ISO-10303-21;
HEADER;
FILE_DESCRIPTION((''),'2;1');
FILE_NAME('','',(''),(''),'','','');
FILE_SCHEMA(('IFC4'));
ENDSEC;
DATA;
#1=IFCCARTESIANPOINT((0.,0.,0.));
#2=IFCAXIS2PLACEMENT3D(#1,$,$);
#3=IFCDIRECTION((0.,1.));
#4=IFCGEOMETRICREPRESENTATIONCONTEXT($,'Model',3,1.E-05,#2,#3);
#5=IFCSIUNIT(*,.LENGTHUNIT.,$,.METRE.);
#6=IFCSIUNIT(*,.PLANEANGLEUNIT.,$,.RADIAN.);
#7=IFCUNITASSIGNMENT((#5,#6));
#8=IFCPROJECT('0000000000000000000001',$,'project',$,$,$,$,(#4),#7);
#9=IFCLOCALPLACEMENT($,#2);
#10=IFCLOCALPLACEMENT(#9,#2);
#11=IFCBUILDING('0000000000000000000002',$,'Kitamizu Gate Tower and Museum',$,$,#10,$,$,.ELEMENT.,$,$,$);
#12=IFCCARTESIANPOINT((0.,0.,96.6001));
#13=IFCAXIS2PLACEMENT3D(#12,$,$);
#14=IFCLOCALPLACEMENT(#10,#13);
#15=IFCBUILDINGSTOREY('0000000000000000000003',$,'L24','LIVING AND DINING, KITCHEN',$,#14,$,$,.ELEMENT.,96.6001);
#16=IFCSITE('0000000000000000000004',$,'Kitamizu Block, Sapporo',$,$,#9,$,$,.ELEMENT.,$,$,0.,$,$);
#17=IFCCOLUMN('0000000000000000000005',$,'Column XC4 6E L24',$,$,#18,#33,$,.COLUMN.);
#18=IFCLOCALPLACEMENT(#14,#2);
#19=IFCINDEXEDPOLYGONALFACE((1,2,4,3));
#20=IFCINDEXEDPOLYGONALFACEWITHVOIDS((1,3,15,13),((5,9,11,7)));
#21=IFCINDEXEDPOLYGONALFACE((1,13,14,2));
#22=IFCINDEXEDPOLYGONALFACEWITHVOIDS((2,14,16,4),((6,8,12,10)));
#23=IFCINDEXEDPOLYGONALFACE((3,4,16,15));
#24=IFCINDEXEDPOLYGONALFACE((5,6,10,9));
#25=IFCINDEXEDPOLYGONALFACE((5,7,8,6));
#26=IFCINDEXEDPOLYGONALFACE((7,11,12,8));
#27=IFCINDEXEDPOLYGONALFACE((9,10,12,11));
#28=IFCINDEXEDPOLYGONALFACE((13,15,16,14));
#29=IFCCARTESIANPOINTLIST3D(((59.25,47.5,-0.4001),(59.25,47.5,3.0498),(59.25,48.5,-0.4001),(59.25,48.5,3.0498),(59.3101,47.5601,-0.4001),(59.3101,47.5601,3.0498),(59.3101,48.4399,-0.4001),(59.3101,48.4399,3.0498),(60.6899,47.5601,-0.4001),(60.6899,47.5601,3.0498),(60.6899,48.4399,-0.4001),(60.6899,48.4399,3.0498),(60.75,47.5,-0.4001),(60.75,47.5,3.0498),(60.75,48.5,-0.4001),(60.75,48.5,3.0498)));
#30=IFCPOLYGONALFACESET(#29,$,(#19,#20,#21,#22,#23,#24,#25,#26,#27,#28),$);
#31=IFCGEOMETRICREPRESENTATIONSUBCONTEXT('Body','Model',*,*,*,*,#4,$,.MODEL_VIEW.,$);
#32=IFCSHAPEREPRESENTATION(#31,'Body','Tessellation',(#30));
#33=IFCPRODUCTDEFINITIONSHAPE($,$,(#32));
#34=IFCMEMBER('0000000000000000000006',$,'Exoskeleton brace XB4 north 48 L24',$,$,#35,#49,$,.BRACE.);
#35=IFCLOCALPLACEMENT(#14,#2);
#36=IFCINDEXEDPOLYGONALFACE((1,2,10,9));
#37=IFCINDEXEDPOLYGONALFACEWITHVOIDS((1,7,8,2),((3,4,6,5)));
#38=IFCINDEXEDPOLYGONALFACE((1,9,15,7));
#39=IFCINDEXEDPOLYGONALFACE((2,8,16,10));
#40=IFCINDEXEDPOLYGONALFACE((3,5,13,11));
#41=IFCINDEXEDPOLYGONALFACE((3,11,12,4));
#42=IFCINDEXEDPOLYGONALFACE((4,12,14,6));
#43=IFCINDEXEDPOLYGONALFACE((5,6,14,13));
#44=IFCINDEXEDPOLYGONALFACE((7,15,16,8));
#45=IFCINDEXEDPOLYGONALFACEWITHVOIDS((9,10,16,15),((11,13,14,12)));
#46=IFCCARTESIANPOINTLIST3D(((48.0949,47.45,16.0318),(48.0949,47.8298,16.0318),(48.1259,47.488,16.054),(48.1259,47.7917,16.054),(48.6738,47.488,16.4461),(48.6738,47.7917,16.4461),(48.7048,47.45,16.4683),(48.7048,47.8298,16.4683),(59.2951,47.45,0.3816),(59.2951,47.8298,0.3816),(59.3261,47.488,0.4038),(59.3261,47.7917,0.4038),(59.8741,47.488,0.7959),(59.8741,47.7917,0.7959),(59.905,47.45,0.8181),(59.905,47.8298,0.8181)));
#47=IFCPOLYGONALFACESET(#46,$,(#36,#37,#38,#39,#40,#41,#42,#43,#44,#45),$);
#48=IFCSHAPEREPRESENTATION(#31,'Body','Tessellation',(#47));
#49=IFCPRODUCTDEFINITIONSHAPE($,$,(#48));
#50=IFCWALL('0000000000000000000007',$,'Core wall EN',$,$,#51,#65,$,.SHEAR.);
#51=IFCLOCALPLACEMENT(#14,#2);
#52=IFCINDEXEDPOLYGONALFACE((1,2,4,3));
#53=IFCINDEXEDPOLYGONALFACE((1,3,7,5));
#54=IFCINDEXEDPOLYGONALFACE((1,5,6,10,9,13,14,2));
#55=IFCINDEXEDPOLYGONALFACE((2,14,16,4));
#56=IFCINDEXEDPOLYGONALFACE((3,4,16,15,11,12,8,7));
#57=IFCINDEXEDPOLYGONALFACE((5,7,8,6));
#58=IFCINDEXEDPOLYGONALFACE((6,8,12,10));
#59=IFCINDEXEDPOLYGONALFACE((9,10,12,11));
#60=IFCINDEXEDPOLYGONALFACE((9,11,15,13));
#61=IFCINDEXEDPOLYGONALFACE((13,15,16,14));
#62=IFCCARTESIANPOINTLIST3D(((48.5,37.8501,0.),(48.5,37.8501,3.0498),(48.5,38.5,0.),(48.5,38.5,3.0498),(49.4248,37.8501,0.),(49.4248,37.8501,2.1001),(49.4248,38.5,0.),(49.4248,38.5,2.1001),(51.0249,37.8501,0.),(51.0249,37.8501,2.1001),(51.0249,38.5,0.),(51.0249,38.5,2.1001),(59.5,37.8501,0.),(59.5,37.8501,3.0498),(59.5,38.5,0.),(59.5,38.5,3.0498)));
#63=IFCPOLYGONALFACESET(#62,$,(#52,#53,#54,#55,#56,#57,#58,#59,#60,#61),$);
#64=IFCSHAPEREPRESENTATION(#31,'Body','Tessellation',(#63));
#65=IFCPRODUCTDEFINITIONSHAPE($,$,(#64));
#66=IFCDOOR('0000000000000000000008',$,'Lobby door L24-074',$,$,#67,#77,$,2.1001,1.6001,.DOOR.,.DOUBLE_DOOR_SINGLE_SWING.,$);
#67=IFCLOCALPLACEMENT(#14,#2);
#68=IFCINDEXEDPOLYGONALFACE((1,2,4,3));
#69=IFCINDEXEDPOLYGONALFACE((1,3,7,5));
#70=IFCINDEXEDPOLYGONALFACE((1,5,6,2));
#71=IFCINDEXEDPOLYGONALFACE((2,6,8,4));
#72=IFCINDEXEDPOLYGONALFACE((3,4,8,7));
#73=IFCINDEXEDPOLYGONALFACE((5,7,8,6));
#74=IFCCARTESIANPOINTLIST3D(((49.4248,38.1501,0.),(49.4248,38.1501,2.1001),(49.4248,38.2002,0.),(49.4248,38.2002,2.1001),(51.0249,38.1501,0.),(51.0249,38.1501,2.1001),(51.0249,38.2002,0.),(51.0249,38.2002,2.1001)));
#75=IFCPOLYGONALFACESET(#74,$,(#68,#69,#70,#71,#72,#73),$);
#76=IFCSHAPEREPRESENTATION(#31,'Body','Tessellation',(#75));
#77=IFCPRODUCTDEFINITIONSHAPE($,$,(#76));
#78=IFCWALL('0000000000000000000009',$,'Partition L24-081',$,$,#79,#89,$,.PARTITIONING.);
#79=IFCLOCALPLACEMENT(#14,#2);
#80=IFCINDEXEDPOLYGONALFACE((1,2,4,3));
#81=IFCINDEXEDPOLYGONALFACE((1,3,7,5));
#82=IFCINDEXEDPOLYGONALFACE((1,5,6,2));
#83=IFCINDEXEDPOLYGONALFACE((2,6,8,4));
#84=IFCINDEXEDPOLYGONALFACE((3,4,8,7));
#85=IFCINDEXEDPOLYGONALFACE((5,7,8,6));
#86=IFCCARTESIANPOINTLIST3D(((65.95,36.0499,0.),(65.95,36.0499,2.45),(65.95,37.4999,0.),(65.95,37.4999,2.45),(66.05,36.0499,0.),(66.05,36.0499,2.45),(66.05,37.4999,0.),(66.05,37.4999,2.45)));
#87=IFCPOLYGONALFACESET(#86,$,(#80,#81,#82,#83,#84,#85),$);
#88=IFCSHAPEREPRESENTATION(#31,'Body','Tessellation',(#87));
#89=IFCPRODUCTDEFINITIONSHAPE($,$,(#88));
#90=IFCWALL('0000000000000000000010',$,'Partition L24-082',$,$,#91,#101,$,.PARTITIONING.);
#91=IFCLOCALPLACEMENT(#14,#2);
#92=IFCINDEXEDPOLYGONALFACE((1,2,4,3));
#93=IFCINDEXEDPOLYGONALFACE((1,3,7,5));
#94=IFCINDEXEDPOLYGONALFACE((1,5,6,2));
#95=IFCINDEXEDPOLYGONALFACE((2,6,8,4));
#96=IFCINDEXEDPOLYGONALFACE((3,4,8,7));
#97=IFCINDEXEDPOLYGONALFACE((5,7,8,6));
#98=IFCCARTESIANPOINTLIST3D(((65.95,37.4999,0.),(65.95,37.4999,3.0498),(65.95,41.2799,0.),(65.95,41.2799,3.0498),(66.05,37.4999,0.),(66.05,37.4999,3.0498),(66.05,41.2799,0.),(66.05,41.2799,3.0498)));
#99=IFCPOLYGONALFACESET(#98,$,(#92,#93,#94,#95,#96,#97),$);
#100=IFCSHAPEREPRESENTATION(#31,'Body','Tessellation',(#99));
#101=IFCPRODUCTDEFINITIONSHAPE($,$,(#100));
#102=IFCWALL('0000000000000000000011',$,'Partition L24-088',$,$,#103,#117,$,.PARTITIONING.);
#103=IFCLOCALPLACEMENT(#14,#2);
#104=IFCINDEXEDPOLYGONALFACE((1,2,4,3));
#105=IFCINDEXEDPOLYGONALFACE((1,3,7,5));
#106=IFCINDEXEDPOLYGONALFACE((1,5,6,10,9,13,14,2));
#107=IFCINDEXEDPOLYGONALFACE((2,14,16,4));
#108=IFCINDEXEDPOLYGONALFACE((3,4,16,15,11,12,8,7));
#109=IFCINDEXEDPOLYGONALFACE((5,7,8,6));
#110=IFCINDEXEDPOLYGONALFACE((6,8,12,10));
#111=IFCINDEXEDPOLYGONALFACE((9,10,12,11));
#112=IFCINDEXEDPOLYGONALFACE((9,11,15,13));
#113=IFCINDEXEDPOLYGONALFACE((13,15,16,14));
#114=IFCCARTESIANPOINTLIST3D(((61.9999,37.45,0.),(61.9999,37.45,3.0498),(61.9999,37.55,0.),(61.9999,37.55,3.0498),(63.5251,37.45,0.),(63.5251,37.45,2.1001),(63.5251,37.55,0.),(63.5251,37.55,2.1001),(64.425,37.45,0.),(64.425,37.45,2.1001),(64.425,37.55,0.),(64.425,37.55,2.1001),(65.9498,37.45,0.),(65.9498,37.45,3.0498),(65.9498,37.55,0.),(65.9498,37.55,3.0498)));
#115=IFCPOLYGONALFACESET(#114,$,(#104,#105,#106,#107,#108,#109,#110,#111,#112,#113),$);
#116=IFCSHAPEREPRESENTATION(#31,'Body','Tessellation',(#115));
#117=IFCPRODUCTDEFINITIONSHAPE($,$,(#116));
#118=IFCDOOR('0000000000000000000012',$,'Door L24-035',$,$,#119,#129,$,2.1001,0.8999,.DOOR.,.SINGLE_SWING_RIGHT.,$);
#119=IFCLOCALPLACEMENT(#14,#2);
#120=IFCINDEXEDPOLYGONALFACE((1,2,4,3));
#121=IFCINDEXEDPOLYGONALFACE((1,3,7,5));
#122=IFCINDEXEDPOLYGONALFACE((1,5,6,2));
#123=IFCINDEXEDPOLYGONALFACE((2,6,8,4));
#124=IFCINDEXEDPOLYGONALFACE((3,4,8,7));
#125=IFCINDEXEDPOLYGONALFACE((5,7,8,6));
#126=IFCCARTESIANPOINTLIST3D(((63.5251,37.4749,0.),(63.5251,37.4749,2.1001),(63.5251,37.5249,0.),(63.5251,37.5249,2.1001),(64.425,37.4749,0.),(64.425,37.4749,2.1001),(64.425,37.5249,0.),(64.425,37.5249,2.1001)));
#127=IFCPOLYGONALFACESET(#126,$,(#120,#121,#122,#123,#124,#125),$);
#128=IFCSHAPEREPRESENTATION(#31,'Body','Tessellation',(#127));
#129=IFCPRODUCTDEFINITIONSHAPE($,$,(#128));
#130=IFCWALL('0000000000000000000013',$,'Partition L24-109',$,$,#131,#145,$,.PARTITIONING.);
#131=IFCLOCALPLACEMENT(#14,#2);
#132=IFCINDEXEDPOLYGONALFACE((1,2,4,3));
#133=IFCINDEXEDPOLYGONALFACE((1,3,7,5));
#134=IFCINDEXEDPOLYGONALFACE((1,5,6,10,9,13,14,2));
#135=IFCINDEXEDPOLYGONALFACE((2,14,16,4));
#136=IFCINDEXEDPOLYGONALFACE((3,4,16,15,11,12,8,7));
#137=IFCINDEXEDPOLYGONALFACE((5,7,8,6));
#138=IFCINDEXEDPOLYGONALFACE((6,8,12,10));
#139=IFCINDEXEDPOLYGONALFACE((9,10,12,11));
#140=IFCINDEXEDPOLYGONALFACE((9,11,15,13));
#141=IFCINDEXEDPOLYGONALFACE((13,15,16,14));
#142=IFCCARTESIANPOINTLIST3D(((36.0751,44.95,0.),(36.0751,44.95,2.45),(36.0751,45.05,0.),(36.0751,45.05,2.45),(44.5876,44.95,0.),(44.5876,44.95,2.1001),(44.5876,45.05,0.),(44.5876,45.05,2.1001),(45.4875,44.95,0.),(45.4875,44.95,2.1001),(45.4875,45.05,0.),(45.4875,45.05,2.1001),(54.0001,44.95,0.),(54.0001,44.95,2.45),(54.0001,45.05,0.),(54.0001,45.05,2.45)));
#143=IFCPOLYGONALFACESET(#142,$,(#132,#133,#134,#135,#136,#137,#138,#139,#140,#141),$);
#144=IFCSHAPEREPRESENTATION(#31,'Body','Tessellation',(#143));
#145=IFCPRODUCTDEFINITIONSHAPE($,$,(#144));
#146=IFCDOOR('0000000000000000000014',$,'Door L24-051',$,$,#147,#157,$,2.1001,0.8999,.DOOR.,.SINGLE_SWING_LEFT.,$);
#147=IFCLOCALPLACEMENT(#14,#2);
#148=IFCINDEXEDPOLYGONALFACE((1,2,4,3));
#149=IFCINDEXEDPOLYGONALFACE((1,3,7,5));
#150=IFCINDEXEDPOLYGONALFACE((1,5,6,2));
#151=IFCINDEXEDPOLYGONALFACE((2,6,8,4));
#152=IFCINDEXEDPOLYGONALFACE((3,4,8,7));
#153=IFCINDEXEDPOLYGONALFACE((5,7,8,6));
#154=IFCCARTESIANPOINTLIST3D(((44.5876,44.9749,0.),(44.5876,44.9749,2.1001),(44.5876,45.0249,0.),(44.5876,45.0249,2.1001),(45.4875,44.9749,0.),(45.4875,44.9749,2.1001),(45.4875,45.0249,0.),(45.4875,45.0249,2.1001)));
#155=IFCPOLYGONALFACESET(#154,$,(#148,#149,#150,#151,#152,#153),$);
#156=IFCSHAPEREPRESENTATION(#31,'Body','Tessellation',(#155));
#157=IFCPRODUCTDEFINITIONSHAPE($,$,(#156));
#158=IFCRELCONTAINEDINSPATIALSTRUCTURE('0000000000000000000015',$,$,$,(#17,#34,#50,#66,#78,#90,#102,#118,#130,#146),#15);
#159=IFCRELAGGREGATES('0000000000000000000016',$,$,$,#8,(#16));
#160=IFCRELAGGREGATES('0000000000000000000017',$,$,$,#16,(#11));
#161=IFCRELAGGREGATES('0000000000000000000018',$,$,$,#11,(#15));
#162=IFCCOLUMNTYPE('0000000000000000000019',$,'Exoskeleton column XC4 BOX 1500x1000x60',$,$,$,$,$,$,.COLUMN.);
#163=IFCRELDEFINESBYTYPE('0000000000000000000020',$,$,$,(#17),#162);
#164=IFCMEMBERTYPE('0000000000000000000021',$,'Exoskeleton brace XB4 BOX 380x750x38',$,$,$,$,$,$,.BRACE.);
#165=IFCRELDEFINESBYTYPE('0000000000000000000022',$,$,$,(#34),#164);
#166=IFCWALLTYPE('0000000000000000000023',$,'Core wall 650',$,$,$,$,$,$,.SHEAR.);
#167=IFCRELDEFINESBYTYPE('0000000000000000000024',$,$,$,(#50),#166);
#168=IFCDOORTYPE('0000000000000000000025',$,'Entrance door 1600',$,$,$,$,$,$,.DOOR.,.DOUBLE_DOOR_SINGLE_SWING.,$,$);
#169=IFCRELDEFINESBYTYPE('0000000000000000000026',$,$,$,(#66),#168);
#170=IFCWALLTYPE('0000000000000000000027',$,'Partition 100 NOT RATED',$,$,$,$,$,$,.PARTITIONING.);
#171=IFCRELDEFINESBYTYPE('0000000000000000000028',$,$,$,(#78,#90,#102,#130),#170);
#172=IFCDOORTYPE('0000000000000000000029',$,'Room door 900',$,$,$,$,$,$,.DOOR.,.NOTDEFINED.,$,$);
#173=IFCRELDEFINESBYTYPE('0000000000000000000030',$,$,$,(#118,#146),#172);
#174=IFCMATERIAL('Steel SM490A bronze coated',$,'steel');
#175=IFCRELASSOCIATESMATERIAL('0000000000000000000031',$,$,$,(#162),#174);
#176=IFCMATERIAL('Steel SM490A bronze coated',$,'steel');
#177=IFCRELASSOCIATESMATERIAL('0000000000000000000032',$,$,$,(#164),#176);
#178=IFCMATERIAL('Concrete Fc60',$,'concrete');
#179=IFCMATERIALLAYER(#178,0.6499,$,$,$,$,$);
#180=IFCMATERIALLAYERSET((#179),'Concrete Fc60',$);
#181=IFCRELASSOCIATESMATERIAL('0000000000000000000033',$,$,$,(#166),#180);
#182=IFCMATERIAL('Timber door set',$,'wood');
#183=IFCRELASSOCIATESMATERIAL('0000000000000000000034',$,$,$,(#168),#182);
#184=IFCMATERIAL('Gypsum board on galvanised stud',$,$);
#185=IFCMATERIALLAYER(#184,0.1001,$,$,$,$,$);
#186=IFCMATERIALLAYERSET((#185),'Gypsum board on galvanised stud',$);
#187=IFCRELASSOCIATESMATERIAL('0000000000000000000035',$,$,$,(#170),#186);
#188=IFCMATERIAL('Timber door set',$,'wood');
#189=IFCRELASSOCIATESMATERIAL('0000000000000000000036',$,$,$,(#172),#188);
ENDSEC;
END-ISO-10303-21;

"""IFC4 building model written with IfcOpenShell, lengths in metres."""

from ifc_helpers import new_model, si_unit, direction, frame, frame_2d, origin, origin_2d, place, context, subcontext, project, spatial, rectangle, hollow_rectangle, extrude, material, layer, layer_set, material_profile, profile_set, type_object, element, fill, save


model = new_model("IFC4")

# Units and contexts
model_context = context("Model", 3, precision=1e-05, world=origin(), true_north=direction((0.0, 1.0)))
body_context = subcontext(model_context, "Body", "Model", "MODEL_VIEW")
ifc_project = project(units=[si_unit("LENGTHUNIT", "METRE"), si_unit("PLANEANGLEUNIT", "RADIAN")], contexts=[model_context])

# Site, building, storey
site_placement = place(None, origin())
site = spatial("IfcSite", under=ifc_project, at=site_placement, Name="Kitamizu Block, Sapporo", CompositionType="ELEMENT", RefElevation=0.0)
building_placement = place(site_placement, origin())
building = spatial("IfcBuilding", under=site, at=building_placement, Name="Kitamizu Gate Tower and Museum", CompositionType="ELEMENT")
storey_placement = place(building_placement, frame((0.0, 0.0, 96.6001)))
storey = spatial("IfcBuildingStorey", under=building, at=storey_placement, Name="L24", Description="LIVING AND DINING, KITCHEN", CompositionType="ELEMENT", Elevation=96.6001)

# Column
ifc_material_1 = material(Name="Steel SM490A bronze coated", Category="steel")
ifc_material_profile_1 = material_profile(ifc_material_1, hollow_rectangle(XDim=1.5, YDim=1.0, WallThickness=0.0601, at=origin_2d()), Name="BOX 1500x1000x60")
ifc_profile_set_1 = profile_set([ifc_material_profile_1], Name="Steel SM490A bronze coated")
column_type = type_object("IfcColumnType", Name="Exoskeleton column XC4 BOX 1500x1000x60", PredefinedType="COLUMN", material=ifc_profile_set_1)
column_placement = place(storey_placement, frame((60.0, 48.0, -0.4001), z_axis=(0.0, 0.0, 1.0), x_axis=(1.0, 0.0, 0.0)))
element("IfcColumn", 1, at=column_placement, inside=storey, type_object=column_type, Name="Column XC4 6E L24", PredefinedType="COLUMN", context=body_context, shape_type="SweptSolid", body=[
    extrude(hollow_rectangle(XDim=1.5, YDim=1.0, WallThickness=0.0601, at=origin_2d()), origin(), (0.0, 0.0, 1.0), 3.45),
])

# Member
ifc_material_2 = material(Name="Steel SM490A bronze coated", Category="steel")
ifc_material_profile_2 = material_profile(ifc_material_2, hollow_rectangle(XDim=0.3799, YDim=0.75, WallThickness=0.0381, at=origin_2d()), Name="BOX 380x750x38")
ifc_profile_set_2 = profile_set([ifc_material_profile_2], Name="Steel SM490A bronze coated")
member_type = type_object("IfcMemberType", Name="Exoskeleton brace XB4 BOX 380x750x38", PredefinedType="BRACE", material=ifc_profile_set_2)
member_placement = place(storey_placement, frame((59.6001, 47.6399, 0.5999), z_axis=(-0.581978, 0.0, 0.813204), x_axis=(0.0, -1.0, 0.0)))
element("IfcMember", 2, at=member_placement, inside=storey, type_object=member_type, Name="Exoskeleton brace XB4 north 48 L24", PredefinedType="BRACE", context=body_context, shape_type="SweptSolid", body=[
    extrude(hollow_rectangle(XDim=0.3799, YDim=0.75, WallThickness=0.0381, at=origin_2d()), origin(), (0.0, 0.0, 1.0), 19.2451),
])

# Wall, opening, door
ifc_material_3 = material(Name="Concrete Fc60", Category="concrete")
ifc_layer_1 = layer(ifc_material_3, 0.6499)
ifc_layer_set_1 = layer_set([ifc_layer_1], Name="Concrete Fc60")
wall_type_1 = type_object("IfcWallType", Name="Core wall 650", PredefinedType="SHEAR", material=ifc_layer_set_1)
wall_1_placement = place(storey_placement, frame((59.5, 38.175, 0.0), z_axis=(0.0, 0.0, 1.0), x_axis=(-1.0, 0.0, 0.0)))
wall_1 = element("IfcWall", 3, at=wall_1_placement, inside=storey, type_object=wall_type_1, Name="Core wall EN", PredefinedType="SHEAR", context=body_context, shape_type="SweptSolid", body=[
    extrude(rectangle(XDim=11.0, YDim=0.6499, at=frame_2d((5.5, 0.0))), origin(), (0.0, 0.0, 1.0), 3.0498),
])
opening_1_placement = place(wall_1_placement, frame((8.4751, 0.0, 0.0)))
opening_1 = element("IfcOpeningElement", 4, at=opening_1_placement, cuts=wall_1, PredefinedType="OPENING", context=body_context, shape_type="SweptSolid", body=[
    extrude(rectangle(XDim=1.6001, YDim=2.1001, at=frame_2d((0.8, 1.05))), frame((0.0, 0.335, 0.0), z_axis=(0.0, -1.0, 0.0), x_axis=(1.0, 0.0, 0.0)), (0.0, 0.0, 1.0), 0.6699),
])
ifc_material_4 = material(Name="Timber door set", Category="wood")
door_type_1 = type_object("IfcDoorType", Name="Entrance door 1600", OperationType="DOUBLE_DOOR_SINGLE_SWING", PredefinedType="DOOR", material=ifc_material_4)
door_1_placement = place(opening_1_placement, origin())
door_1 = element("IfcDoor", 5, at=door_1_placement, inside=storey, type_object=door_type_1, Name="Lobby door L24-074", OperationType="DOUBLE_DOOR_SINGLE_SWING", OverallHeight=2.1001, OverallWidth=1.6001, PredefinedType="DOOR", context=body_context, shape_type="SweptSolid", body=[
    extrude(rectangle(XDim=1.6001, YDim=2.1001, at=frame_2d((0.8, 1.05))), frame((0.0, 0.0249, 0.0), z_axis=(0.0, -1.0, 0.0), x_axis=(1.0, 0.0, 0.0)), (0.0, 0.0, 1.0), 0.05),
])
fill(opening_1, door_1)

# Walls
ifc_material_5 = material(Name="Gypsum board on galvanised stud")
ifc_layer_2 = layer(ifc_material_5, 0.1001)
ifc_layer_set_2 = layer_set([ifc_layer_2], Name="Gypsum board on galvanised stud")
wall_type_2 = type_object("IfcWallType", Name="Partition 100 NOT RATED", PredefinedType="PARTITIONING", material=ifc_layer_set_2)
wall_2_placement = place(storey_placement, frame((66.0, 37.5, 0.0), z_axis=(0.0, 0.0, 1.0), x_axis=(0.0, -1.0, 0.0)))
element("IfcWall", 6, at=wall_2_placement, inside=storey, type_object=wall_type_2, Name="Partition L24-081", PredefinedType="PARTITIONING", context=body_context, shape_type="SweptSolid", body=[
    extrude(rectangle(XDim=1.45, YDim=0.1001, at=frame_2d((0.7251, 0.0))), origin(), (0.0, 0.0, 1.0), 2.45),
])
wall_3_placement = place(storey_placement, frame((66.0, 41.28, 0.0), z_axis=(0.0, 0.0, 1.0), x_axis=(0.0, -1.0, 0.0)))
element("IfcWall", 7, at=wall_3_placement, inside=storey, type_object=wall_type_2, Name="Partition L24-082", PredefinedType="PARTITIONING", context=body_context, shape_type="SweptSolid", body=[
    extrude(rectangle(XDim=3.78, YDim=0.1001, at=frame_2d((1.8901, 0.0))), origin(), (0.0, 0.0, 1.0), 3.0498),
])

# Walls, openings, doors
wall_4_placement = place(storey_placement, frame((65.95, 37.5, 0.0), z_axis=(0.0, 0.0, 1.0), x_axis=(-1.0, 0.0, 0.0)))
wall_4 = element("IfcWall", 8, at=wall_4_placement, inside=storey, type_object=wall_type_2, Name="Partition L24-088", PredefinedType="PARTITIONING", context=body_context, shape_type="SweptSolid", body=[
    extrude(rectangle(XDim=3.95, YDim=0.1001, at=frame_2d((1.9751, 0.0))), origin(), (0.0, 0.0, 1.0), 3.0498),
])
opening_2_placement = place(wall_4_placement, frame((1.5249, 0.0, 0.0)))
opening_2 = element("IfcOpeningElement", 9, at=opening_2_placement, cuts=wall_4, PredefinedType="OPENING", context=body_context, shape_type="SweptSolid", body=[
    extrude(rectangle(XDim=0.8999, YDim=2.1001, at=frame_2d((0.45, 1.05))), frame((0.0, 0.0601, 0.0), z_axis=(0.0, -1.0, 0.0), x_axis=(1.0, 0.0, 0.0)), (0.0, 0.0, 1.0), 0.1201),
])
ifc_material_6 = material(Name="Timber door set", Category="wood")
door_type_2 = type_object("IfcDoorType", Name="Room door 900", OperationType="NOTDEFINED", PredefinedType="DOOR", material=ifc_material_6)
door_2_placement = place(opening_2_placement, frame((0.8999, 0.0, 0.0), x_axis=(-1.0, 0.0, 0.0)))
door_2 = element("IfcDoor", 10, at=door_2_placement, inside=storey, type_object=door_type_2, Name="Door L24-035", OperationType="SINGLE_SWING_RIGHT", OverallHeight=2.1001, OverallWidth=0.8999, PredefinedType="DOOR", context=body_context, shape_type="SweptSolid", body=[
    extrude(rectangle(XDim=0.8999, YDim=2.1001, at=frame_2d((0.45, 1.05))), frame((0.0, 0.0249, 0.0), z_axis=(0.0, -1.0, 0.0), x_axis=(1.0, 0.0, 0.0)), (0.0, 0.0, 1.0), 0.05),
])
fill(opening_2, door_2)
wall_5_placement = place(storey_placement, frame((54.0, 45.0, 0.0), z_axis=(0.0, 0.0, 1.0), x_axis=(-1.0, 0.0, 0.0)))
wall_5 = element("IfcWall", 11, at=wall_5_placement, inside=storey, type_object=wall_type_2, Name="Partition L24-109", PredefinedType="PARTITIONING", context=body_context, shape_type="SweptSolid", body=[
    extrude(rectangle(XDim=17.925, YDim=0.1001, at=frame_2d((8.9624, 0.0))), origin(), (0.0, 0.0, 1.0), 2.45),
])
opening_3_placement = place(wall_5_placement, frame((8.5125, 0.0, 0.0)))
opening_3 = element("IfcOpeningElement", 12, at=opening_3_placement, cuts=wall_5, PredefinedType="OPENING", context=body_context, shape_type="SweptSolid", body=[
    extrude(rectangle(XDim=0.8999, YDim=2.1001, at=frame_2d((0.45, 1.05))), frame((0.0, 0.0601, 0.0), z_axis=(0.0, -1.0, 0.0), x_axis=(1.0, 0.0, 0.0)), (0.0, 0.0, 1.0), 0.1201),
])
door_3_placement = place(opening_3_placement, frame((0.8999, 0.0, 0.0), x_axis=(-1.0, 0.0, 0.0)))
door_3 = element("IfcDoor", 13, at=door_3_placement, inside=storey, type_object=door_type_2, Name="Door L24-051", OperationType="SINGLE_SWING_LEFT", OverallHeight=2.1001, OverallWidth=0.8999, PredefinedType="DOOR", context=body_context, shape_type="SweptSolid", body=[
    extrude(rectangle(XDim=0.8999, YDim=2.1001, at=frame_2d((0.45, 1.05))), frame((0.0, 0.0249, 0.0), z_axis=(0.0, -1.0, 0.0), x_axis=(1.0, 0.0, 0.0)), (0.0, 0.0, 1.0), 0.05),
])
fill(opening_3, door_3)

save(model, "model.ifc")
